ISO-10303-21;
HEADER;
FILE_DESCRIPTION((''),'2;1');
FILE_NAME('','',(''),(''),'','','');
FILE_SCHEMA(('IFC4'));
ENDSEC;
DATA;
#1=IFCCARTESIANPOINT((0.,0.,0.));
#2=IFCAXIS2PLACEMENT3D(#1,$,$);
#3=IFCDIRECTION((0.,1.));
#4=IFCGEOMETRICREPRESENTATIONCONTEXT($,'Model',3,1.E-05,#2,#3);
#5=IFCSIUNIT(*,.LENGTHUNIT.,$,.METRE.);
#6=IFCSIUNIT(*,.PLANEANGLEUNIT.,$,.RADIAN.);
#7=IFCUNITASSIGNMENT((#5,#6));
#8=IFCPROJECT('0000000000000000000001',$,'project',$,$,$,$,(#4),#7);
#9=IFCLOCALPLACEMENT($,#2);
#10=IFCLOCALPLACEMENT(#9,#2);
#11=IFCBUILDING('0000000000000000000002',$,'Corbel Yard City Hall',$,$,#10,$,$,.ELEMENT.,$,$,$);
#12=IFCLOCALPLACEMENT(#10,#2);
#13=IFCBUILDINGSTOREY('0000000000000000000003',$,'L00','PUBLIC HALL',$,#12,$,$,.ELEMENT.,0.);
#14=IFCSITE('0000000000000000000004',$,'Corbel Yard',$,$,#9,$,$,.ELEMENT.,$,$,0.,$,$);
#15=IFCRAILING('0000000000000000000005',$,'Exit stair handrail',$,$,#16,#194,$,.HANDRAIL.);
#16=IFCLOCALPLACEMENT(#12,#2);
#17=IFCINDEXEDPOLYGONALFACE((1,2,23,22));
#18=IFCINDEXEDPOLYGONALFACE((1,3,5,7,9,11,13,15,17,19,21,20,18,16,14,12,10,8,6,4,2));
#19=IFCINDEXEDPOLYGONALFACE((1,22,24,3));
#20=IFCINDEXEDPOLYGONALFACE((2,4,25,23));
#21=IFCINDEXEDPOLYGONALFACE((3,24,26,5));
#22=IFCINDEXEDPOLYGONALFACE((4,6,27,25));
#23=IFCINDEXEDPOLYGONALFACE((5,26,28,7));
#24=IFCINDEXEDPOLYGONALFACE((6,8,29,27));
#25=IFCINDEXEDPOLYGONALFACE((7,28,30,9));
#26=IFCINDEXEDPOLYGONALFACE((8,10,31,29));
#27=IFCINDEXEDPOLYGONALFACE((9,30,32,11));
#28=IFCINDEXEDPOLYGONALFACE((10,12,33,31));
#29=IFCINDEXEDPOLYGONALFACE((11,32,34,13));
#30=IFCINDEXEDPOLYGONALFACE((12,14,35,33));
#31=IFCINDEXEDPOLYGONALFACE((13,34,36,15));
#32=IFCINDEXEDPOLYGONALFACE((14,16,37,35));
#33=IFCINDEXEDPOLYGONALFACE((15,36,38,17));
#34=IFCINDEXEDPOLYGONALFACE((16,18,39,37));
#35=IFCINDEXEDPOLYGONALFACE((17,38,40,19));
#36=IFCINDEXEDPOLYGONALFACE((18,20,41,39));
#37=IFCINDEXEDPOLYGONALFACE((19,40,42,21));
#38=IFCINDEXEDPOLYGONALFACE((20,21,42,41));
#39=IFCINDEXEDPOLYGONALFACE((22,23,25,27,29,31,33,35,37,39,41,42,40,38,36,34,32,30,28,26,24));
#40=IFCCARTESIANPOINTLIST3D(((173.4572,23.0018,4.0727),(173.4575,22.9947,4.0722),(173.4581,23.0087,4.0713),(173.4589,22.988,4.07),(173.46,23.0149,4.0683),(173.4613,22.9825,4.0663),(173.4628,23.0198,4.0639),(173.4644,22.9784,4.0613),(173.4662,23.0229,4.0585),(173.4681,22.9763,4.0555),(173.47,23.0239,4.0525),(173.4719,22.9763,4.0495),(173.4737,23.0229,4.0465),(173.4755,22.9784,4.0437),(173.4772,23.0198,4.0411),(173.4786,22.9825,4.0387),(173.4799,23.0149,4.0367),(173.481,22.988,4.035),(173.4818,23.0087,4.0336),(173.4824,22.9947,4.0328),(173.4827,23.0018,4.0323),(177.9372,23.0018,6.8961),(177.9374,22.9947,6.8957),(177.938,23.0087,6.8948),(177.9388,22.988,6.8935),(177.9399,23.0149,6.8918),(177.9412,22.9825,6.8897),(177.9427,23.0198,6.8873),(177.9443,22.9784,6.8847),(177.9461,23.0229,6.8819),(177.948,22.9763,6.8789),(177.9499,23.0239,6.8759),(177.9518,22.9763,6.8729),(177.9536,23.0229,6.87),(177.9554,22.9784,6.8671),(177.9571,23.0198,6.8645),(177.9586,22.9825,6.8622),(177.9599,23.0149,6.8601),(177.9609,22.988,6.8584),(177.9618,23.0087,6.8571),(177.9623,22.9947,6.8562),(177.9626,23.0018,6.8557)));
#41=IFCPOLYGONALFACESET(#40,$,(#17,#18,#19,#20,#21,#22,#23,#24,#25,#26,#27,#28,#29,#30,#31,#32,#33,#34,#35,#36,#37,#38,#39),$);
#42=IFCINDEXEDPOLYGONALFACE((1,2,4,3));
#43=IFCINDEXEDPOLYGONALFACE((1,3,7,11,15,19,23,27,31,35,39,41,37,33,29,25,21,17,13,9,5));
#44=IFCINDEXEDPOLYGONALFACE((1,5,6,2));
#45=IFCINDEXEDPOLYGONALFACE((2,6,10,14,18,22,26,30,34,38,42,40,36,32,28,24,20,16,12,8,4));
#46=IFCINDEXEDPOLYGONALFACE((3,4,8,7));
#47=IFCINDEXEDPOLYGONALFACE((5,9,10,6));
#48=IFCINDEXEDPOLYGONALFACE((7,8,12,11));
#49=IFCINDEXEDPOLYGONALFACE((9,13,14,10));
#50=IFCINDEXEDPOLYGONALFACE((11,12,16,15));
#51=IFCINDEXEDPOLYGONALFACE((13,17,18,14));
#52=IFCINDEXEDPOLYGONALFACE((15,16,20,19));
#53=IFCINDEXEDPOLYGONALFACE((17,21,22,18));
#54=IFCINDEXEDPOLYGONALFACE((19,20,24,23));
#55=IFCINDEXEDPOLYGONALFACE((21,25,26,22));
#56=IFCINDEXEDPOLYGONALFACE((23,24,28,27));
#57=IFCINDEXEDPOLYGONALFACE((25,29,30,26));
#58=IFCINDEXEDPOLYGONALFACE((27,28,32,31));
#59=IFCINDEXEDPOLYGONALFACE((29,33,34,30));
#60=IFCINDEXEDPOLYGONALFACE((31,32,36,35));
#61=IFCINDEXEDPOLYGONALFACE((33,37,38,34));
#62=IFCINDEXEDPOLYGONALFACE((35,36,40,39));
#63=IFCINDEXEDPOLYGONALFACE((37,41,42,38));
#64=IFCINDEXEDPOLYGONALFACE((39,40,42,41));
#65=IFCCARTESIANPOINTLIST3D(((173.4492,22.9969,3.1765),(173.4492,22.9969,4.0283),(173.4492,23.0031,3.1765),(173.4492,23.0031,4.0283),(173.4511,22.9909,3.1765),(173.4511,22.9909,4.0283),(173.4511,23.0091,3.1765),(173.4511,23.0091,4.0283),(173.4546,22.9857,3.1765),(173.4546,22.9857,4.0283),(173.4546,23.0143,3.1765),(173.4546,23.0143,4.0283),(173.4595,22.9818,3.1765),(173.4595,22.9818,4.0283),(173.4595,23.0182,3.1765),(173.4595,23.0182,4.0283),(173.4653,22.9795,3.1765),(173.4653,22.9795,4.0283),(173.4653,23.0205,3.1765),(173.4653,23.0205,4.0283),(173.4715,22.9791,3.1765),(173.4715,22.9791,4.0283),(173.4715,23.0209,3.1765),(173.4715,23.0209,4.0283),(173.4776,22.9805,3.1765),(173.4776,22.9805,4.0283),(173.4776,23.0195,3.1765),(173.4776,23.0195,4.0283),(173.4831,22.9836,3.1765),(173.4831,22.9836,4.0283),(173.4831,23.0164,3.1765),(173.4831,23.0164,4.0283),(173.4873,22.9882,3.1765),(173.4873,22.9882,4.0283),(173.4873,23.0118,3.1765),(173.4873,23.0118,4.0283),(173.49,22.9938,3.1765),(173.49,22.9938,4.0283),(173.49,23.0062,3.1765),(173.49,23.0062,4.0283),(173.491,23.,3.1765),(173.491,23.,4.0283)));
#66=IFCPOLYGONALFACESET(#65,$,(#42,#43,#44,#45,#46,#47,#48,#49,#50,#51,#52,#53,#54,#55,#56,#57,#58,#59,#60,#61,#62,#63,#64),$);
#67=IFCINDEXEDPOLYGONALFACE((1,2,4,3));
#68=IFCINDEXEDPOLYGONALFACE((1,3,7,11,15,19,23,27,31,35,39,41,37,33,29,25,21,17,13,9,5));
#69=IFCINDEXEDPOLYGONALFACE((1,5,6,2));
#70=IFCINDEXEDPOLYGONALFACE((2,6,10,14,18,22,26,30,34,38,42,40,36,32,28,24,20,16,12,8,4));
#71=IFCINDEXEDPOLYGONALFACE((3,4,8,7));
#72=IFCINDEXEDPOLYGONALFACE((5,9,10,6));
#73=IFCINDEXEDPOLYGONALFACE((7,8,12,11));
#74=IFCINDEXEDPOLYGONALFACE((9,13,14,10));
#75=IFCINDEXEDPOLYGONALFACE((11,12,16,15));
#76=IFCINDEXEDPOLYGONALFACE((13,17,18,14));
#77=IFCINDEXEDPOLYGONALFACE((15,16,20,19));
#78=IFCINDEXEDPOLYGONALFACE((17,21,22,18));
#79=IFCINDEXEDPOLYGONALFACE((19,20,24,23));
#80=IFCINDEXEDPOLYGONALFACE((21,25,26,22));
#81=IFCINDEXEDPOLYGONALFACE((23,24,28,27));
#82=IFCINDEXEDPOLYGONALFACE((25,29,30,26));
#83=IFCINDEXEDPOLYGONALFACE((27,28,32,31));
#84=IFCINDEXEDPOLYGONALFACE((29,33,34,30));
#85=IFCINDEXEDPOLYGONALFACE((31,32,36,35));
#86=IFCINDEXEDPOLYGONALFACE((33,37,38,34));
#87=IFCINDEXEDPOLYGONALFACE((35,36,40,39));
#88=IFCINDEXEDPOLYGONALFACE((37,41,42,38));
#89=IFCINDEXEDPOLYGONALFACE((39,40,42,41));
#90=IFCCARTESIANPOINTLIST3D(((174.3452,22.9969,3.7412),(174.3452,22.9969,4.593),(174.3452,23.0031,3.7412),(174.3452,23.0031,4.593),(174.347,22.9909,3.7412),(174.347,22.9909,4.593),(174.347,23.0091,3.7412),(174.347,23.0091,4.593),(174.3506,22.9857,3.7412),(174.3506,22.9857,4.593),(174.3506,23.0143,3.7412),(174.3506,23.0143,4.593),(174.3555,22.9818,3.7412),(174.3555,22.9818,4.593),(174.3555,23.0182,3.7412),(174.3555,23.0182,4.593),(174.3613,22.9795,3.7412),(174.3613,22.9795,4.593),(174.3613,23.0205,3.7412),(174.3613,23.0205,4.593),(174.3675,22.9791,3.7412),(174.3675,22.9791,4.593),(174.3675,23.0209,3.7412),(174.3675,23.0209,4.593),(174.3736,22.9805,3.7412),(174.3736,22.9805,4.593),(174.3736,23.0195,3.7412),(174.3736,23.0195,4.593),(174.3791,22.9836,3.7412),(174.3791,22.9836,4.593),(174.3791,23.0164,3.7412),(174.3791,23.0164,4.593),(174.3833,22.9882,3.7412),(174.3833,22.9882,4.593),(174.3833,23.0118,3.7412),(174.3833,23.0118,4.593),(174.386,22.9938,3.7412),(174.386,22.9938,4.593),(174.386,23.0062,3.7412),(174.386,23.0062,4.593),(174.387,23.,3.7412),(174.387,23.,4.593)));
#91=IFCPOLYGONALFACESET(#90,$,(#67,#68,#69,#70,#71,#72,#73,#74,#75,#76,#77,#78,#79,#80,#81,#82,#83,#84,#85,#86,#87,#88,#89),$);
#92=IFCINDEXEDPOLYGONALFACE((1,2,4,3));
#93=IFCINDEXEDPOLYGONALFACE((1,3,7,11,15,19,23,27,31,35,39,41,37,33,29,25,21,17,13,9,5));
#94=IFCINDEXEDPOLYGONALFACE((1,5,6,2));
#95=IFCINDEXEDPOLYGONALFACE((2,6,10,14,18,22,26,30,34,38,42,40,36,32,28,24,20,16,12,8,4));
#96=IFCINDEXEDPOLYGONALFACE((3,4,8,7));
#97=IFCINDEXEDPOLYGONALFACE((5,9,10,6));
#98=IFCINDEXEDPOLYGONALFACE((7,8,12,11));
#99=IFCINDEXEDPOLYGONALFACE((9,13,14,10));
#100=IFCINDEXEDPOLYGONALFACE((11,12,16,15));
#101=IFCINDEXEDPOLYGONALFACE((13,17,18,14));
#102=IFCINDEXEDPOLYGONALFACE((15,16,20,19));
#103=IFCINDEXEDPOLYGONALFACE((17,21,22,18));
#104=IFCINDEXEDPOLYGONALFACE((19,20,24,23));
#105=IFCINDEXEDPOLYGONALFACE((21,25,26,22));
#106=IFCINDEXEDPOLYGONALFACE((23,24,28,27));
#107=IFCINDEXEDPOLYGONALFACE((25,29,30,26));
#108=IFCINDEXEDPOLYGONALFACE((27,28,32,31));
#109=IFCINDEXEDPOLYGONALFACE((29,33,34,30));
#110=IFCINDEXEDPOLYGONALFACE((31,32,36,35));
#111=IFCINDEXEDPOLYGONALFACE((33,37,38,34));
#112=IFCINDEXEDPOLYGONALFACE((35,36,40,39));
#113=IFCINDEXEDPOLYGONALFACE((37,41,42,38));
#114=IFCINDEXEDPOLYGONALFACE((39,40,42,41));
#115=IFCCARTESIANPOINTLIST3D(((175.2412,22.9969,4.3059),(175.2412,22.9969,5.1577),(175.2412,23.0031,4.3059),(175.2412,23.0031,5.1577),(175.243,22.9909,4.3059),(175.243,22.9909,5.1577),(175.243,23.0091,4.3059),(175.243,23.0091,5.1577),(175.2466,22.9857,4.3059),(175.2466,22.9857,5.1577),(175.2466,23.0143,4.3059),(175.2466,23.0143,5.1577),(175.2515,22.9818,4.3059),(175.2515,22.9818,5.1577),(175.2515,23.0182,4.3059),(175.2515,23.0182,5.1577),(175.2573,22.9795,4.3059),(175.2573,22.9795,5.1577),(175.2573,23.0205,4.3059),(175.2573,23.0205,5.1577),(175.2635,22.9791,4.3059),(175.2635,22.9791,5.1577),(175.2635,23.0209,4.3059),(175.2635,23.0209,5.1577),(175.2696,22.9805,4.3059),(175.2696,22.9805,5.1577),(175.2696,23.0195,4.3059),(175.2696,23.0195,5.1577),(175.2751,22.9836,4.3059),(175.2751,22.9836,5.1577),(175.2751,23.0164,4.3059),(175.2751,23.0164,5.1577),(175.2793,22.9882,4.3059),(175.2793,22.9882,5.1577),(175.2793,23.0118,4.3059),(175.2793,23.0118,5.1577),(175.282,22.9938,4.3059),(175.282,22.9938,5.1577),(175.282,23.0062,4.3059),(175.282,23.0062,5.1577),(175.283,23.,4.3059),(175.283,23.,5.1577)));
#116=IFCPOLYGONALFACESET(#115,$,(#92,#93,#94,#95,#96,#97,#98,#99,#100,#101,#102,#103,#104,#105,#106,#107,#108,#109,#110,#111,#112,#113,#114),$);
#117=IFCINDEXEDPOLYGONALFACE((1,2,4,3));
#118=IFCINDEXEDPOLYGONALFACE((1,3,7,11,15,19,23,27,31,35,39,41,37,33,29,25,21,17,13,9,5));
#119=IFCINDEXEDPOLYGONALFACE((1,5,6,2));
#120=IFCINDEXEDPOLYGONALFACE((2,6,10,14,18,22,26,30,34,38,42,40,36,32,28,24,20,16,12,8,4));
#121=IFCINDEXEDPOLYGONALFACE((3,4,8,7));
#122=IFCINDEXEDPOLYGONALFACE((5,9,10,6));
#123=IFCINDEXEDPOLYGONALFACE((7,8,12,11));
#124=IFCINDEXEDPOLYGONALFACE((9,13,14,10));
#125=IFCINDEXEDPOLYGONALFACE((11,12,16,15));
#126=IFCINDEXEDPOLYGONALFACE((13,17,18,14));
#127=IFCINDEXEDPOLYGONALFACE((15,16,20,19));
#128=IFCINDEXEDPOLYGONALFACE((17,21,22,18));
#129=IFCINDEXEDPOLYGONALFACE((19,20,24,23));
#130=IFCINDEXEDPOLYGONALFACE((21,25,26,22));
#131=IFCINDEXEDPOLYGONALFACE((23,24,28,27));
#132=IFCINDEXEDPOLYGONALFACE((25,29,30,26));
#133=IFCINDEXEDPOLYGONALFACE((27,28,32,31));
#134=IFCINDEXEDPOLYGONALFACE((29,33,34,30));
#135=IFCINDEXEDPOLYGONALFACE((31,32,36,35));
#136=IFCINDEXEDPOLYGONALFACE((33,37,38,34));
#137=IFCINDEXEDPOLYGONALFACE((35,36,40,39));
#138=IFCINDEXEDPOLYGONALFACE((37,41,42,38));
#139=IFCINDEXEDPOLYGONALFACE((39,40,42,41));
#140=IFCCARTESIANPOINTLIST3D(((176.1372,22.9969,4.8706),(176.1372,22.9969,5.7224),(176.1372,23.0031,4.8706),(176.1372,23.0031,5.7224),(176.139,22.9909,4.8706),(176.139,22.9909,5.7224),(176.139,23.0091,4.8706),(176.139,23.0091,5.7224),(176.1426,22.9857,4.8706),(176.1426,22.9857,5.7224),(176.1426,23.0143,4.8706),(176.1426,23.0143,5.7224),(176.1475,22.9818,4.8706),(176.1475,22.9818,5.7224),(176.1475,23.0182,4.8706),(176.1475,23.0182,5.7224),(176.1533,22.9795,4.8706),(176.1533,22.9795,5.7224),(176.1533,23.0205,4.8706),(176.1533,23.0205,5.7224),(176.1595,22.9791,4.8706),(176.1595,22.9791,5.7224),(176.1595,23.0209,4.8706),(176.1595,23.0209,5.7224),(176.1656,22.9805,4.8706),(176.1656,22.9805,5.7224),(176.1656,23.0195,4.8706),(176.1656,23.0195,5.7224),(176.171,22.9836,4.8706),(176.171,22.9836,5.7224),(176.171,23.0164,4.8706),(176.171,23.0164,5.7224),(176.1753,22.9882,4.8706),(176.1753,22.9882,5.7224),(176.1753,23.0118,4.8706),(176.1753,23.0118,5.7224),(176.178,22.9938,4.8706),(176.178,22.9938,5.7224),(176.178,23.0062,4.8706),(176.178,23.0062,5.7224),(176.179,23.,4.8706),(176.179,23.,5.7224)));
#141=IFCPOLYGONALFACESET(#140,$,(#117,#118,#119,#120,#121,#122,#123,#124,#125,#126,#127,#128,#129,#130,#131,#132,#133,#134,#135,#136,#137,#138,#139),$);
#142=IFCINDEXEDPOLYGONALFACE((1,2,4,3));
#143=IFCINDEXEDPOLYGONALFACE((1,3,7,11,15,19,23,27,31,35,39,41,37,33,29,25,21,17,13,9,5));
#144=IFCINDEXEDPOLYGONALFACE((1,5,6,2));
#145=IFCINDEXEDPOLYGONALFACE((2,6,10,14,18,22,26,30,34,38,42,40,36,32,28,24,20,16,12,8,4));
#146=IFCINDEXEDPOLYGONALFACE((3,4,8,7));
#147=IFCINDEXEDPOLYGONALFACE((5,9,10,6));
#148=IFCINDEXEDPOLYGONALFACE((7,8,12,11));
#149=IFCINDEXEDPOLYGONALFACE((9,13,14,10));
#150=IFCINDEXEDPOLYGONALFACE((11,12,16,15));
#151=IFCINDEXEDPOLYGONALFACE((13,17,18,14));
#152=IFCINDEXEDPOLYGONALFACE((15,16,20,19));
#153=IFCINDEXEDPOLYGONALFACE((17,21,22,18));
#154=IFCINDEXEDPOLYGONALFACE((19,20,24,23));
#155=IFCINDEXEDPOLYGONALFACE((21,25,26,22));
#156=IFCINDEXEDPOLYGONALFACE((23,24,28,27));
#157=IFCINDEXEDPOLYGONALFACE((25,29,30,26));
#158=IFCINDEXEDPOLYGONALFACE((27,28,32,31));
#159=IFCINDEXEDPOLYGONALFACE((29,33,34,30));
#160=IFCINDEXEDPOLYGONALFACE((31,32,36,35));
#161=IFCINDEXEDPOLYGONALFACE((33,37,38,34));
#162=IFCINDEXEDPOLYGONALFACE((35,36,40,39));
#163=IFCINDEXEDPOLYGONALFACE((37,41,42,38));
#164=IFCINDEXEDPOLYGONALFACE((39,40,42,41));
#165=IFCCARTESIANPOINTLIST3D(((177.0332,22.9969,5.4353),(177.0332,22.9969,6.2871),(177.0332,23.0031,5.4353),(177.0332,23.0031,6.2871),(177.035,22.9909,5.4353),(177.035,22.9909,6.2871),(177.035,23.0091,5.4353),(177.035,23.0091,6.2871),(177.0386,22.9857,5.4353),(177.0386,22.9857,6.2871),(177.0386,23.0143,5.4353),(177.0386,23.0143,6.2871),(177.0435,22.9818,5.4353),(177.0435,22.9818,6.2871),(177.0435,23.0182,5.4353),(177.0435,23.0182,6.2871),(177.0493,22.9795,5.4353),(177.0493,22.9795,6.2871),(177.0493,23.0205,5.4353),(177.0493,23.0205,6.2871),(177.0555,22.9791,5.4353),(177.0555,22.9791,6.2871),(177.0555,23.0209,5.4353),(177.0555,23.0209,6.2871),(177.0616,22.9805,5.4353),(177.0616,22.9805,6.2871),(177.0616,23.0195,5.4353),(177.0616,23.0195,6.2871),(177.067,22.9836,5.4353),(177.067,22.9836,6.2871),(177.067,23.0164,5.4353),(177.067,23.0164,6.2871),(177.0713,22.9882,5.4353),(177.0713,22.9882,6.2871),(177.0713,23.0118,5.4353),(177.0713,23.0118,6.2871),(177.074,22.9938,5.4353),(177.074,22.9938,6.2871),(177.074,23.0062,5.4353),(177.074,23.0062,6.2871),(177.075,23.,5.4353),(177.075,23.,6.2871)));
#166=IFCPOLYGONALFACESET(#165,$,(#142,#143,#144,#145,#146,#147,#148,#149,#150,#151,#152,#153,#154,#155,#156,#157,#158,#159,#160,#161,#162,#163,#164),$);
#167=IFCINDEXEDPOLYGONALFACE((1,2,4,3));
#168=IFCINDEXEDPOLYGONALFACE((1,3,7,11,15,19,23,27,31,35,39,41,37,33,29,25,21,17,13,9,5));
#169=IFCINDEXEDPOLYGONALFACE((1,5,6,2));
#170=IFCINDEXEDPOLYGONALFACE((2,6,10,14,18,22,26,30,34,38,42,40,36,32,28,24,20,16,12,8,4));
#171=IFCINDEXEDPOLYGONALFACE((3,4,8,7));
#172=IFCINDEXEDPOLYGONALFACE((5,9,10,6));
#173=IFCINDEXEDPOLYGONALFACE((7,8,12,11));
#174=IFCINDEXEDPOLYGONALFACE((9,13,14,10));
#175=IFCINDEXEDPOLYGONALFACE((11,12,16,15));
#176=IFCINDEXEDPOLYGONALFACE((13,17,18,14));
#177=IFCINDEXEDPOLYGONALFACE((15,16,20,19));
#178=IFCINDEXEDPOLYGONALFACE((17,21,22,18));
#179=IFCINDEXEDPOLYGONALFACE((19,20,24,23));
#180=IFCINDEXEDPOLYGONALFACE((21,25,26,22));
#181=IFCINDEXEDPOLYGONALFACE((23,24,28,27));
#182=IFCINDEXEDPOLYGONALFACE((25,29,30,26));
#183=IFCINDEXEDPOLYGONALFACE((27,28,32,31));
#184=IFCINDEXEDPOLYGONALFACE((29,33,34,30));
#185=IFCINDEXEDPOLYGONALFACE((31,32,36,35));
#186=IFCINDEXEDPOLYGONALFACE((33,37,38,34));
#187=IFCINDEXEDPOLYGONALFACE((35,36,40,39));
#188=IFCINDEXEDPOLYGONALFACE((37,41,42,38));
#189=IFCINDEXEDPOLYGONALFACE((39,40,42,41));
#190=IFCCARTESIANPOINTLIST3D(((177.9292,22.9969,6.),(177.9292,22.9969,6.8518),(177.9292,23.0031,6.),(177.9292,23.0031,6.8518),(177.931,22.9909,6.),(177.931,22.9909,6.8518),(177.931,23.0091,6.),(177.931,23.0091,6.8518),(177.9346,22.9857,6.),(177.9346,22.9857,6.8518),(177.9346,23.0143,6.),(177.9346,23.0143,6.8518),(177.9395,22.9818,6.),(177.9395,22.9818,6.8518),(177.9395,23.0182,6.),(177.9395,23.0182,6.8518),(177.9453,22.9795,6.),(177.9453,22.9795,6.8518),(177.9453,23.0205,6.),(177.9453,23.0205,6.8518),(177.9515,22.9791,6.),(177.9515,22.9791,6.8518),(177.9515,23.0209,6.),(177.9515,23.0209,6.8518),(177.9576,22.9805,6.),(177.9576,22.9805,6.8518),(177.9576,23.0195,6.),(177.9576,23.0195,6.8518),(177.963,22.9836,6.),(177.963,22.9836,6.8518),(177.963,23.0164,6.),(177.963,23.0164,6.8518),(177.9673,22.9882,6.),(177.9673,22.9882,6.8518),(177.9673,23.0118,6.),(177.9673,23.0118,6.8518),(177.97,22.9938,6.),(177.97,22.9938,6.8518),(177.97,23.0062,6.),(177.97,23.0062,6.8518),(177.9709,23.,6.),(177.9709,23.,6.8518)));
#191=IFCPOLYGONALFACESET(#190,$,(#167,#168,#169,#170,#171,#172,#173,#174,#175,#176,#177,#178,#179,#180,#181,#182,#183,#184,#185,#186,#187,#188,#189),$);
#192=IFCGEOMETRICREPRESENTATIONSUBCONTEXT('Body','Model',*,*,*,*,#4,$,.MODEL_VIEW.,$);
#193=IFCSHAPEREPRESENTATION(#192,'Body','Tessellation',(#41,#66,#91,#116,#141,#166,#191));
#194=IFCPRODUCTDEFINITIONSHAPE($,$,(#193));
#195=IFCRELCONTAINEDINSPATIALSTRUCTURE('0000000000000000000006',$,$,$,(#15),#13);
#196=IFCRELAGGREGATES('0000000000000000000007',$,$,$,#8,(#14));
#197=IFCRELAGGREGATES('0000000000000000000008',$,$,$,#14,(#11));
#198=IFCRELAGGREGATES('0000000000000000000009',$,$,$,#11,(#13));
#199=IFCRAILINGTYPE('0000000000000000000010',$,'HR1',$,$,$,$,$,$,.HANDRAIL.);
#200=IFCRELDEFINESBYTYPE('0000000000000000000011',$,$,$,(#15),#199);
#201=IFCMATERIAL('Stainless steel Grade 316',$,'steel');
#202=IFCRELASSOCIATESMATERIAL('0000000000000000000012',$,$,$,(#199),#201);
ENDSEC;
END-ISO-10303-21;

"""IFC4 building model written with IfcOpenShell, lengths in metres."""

from ifc_helpers import new_model, si_unit, direction, frame, origin, origin_2d, place, context, subcontext, project, spatial, circle, extrude, material, type_object, element, save


model = new_model("IFC4")

# Units and contexts
model_context = context("Model", 3, precision=1e-05, world=origin(), true_north=direction((0.0, 1.0)))
body_context = subcontext(model_context, "Body", "Model", "MODEL_VIEW")
ifc_project = project(units=[si_unit("LENGTHUNIT", "METRE"), si_unit("PLANEANGLEUNIT", "RADIAN")], contexts=[model_context])

# Site, building, storey
site_placement = place(None, origin())
site = spatial("IfcSite", under=ifc_project, at=site_placement, Name="Corbel Yard", CompositionType="ELEMENT", RefElevation=0.0)
building_placement = place(site_placement, origin())
building = spatial("IfcBuilding", under=site, at=building_placement, Name="Corbel Yard City Hall", CompositionType="ELEMENT")
storey_placement = place(building_placement, origin())
storey = spatial("IfcBuildingStorey", under=building, at=storey_placement, Name="L00", Description="PUBLIC HALL", CompositionType="ELEMENT", Elevation=0.0)

# Railing
ifc_material_1 = material(Name="Stainless steel Grade 316", Category="steel")
railing_type = type_object("IfcRailingType", Name="HR1", PredefinedType="HANDRAIL", material=ifc_material_1)
railing_placement = place(storey_placement, frame((173.47, 23.0, 3.1765)))
element("IfcRailing", 1, at=railing_placement, inside=storey, type_object=railing_type, Name="Exit stair handrail", PredefinedType="HANDRAIL", context=body_context, shape_type="SweptSolid", body=[
    extrude(circle(Radius=0.0239, at=origin_2d()), frame((0.0, 0.0, 0.876), z_axis=(0.845998, 0.0, 0.533186), x_axis=(0.0, 1.0, 0.0)), (0.0, 0.0, 1.0), 5.2954),
    extrude(circle(Radius=0.021, at=origin_2d()), origin(), (0.0, 0.0, 1.0), 0.8518),
    extrude(circle(Radius=0.021, at=origin_2d()), frame((0.896, 0.0, 0.5647)), (0.0, 0.0, 1.0), 0.8518),
    extrude(circle(Radius=0.021, at=origin_2d()), frame((1.792, 0.0, 1.1294)), (0.0, 0.0, 1.0), 0.8518),
    extrude(circle(Radius=0.021, at=origin_2d()), frame((2.688, 0.0, 1.6941)), (0.0, 0.0, 1.0), 0.8518),
    extrude(circle(Radius=0.021, at=origin_2d()), frame((3.584, 0.0, 2.2588)), (0.0, 0.0, 1.0), 0.8518),
    extrude(circle(Radius=0.021, at=origin_2d()), frame((4.48, 0.0, 2.8235)), (0.0, 0.0, 1.0), 0.8518),
])

save(model, "model.ifc")
